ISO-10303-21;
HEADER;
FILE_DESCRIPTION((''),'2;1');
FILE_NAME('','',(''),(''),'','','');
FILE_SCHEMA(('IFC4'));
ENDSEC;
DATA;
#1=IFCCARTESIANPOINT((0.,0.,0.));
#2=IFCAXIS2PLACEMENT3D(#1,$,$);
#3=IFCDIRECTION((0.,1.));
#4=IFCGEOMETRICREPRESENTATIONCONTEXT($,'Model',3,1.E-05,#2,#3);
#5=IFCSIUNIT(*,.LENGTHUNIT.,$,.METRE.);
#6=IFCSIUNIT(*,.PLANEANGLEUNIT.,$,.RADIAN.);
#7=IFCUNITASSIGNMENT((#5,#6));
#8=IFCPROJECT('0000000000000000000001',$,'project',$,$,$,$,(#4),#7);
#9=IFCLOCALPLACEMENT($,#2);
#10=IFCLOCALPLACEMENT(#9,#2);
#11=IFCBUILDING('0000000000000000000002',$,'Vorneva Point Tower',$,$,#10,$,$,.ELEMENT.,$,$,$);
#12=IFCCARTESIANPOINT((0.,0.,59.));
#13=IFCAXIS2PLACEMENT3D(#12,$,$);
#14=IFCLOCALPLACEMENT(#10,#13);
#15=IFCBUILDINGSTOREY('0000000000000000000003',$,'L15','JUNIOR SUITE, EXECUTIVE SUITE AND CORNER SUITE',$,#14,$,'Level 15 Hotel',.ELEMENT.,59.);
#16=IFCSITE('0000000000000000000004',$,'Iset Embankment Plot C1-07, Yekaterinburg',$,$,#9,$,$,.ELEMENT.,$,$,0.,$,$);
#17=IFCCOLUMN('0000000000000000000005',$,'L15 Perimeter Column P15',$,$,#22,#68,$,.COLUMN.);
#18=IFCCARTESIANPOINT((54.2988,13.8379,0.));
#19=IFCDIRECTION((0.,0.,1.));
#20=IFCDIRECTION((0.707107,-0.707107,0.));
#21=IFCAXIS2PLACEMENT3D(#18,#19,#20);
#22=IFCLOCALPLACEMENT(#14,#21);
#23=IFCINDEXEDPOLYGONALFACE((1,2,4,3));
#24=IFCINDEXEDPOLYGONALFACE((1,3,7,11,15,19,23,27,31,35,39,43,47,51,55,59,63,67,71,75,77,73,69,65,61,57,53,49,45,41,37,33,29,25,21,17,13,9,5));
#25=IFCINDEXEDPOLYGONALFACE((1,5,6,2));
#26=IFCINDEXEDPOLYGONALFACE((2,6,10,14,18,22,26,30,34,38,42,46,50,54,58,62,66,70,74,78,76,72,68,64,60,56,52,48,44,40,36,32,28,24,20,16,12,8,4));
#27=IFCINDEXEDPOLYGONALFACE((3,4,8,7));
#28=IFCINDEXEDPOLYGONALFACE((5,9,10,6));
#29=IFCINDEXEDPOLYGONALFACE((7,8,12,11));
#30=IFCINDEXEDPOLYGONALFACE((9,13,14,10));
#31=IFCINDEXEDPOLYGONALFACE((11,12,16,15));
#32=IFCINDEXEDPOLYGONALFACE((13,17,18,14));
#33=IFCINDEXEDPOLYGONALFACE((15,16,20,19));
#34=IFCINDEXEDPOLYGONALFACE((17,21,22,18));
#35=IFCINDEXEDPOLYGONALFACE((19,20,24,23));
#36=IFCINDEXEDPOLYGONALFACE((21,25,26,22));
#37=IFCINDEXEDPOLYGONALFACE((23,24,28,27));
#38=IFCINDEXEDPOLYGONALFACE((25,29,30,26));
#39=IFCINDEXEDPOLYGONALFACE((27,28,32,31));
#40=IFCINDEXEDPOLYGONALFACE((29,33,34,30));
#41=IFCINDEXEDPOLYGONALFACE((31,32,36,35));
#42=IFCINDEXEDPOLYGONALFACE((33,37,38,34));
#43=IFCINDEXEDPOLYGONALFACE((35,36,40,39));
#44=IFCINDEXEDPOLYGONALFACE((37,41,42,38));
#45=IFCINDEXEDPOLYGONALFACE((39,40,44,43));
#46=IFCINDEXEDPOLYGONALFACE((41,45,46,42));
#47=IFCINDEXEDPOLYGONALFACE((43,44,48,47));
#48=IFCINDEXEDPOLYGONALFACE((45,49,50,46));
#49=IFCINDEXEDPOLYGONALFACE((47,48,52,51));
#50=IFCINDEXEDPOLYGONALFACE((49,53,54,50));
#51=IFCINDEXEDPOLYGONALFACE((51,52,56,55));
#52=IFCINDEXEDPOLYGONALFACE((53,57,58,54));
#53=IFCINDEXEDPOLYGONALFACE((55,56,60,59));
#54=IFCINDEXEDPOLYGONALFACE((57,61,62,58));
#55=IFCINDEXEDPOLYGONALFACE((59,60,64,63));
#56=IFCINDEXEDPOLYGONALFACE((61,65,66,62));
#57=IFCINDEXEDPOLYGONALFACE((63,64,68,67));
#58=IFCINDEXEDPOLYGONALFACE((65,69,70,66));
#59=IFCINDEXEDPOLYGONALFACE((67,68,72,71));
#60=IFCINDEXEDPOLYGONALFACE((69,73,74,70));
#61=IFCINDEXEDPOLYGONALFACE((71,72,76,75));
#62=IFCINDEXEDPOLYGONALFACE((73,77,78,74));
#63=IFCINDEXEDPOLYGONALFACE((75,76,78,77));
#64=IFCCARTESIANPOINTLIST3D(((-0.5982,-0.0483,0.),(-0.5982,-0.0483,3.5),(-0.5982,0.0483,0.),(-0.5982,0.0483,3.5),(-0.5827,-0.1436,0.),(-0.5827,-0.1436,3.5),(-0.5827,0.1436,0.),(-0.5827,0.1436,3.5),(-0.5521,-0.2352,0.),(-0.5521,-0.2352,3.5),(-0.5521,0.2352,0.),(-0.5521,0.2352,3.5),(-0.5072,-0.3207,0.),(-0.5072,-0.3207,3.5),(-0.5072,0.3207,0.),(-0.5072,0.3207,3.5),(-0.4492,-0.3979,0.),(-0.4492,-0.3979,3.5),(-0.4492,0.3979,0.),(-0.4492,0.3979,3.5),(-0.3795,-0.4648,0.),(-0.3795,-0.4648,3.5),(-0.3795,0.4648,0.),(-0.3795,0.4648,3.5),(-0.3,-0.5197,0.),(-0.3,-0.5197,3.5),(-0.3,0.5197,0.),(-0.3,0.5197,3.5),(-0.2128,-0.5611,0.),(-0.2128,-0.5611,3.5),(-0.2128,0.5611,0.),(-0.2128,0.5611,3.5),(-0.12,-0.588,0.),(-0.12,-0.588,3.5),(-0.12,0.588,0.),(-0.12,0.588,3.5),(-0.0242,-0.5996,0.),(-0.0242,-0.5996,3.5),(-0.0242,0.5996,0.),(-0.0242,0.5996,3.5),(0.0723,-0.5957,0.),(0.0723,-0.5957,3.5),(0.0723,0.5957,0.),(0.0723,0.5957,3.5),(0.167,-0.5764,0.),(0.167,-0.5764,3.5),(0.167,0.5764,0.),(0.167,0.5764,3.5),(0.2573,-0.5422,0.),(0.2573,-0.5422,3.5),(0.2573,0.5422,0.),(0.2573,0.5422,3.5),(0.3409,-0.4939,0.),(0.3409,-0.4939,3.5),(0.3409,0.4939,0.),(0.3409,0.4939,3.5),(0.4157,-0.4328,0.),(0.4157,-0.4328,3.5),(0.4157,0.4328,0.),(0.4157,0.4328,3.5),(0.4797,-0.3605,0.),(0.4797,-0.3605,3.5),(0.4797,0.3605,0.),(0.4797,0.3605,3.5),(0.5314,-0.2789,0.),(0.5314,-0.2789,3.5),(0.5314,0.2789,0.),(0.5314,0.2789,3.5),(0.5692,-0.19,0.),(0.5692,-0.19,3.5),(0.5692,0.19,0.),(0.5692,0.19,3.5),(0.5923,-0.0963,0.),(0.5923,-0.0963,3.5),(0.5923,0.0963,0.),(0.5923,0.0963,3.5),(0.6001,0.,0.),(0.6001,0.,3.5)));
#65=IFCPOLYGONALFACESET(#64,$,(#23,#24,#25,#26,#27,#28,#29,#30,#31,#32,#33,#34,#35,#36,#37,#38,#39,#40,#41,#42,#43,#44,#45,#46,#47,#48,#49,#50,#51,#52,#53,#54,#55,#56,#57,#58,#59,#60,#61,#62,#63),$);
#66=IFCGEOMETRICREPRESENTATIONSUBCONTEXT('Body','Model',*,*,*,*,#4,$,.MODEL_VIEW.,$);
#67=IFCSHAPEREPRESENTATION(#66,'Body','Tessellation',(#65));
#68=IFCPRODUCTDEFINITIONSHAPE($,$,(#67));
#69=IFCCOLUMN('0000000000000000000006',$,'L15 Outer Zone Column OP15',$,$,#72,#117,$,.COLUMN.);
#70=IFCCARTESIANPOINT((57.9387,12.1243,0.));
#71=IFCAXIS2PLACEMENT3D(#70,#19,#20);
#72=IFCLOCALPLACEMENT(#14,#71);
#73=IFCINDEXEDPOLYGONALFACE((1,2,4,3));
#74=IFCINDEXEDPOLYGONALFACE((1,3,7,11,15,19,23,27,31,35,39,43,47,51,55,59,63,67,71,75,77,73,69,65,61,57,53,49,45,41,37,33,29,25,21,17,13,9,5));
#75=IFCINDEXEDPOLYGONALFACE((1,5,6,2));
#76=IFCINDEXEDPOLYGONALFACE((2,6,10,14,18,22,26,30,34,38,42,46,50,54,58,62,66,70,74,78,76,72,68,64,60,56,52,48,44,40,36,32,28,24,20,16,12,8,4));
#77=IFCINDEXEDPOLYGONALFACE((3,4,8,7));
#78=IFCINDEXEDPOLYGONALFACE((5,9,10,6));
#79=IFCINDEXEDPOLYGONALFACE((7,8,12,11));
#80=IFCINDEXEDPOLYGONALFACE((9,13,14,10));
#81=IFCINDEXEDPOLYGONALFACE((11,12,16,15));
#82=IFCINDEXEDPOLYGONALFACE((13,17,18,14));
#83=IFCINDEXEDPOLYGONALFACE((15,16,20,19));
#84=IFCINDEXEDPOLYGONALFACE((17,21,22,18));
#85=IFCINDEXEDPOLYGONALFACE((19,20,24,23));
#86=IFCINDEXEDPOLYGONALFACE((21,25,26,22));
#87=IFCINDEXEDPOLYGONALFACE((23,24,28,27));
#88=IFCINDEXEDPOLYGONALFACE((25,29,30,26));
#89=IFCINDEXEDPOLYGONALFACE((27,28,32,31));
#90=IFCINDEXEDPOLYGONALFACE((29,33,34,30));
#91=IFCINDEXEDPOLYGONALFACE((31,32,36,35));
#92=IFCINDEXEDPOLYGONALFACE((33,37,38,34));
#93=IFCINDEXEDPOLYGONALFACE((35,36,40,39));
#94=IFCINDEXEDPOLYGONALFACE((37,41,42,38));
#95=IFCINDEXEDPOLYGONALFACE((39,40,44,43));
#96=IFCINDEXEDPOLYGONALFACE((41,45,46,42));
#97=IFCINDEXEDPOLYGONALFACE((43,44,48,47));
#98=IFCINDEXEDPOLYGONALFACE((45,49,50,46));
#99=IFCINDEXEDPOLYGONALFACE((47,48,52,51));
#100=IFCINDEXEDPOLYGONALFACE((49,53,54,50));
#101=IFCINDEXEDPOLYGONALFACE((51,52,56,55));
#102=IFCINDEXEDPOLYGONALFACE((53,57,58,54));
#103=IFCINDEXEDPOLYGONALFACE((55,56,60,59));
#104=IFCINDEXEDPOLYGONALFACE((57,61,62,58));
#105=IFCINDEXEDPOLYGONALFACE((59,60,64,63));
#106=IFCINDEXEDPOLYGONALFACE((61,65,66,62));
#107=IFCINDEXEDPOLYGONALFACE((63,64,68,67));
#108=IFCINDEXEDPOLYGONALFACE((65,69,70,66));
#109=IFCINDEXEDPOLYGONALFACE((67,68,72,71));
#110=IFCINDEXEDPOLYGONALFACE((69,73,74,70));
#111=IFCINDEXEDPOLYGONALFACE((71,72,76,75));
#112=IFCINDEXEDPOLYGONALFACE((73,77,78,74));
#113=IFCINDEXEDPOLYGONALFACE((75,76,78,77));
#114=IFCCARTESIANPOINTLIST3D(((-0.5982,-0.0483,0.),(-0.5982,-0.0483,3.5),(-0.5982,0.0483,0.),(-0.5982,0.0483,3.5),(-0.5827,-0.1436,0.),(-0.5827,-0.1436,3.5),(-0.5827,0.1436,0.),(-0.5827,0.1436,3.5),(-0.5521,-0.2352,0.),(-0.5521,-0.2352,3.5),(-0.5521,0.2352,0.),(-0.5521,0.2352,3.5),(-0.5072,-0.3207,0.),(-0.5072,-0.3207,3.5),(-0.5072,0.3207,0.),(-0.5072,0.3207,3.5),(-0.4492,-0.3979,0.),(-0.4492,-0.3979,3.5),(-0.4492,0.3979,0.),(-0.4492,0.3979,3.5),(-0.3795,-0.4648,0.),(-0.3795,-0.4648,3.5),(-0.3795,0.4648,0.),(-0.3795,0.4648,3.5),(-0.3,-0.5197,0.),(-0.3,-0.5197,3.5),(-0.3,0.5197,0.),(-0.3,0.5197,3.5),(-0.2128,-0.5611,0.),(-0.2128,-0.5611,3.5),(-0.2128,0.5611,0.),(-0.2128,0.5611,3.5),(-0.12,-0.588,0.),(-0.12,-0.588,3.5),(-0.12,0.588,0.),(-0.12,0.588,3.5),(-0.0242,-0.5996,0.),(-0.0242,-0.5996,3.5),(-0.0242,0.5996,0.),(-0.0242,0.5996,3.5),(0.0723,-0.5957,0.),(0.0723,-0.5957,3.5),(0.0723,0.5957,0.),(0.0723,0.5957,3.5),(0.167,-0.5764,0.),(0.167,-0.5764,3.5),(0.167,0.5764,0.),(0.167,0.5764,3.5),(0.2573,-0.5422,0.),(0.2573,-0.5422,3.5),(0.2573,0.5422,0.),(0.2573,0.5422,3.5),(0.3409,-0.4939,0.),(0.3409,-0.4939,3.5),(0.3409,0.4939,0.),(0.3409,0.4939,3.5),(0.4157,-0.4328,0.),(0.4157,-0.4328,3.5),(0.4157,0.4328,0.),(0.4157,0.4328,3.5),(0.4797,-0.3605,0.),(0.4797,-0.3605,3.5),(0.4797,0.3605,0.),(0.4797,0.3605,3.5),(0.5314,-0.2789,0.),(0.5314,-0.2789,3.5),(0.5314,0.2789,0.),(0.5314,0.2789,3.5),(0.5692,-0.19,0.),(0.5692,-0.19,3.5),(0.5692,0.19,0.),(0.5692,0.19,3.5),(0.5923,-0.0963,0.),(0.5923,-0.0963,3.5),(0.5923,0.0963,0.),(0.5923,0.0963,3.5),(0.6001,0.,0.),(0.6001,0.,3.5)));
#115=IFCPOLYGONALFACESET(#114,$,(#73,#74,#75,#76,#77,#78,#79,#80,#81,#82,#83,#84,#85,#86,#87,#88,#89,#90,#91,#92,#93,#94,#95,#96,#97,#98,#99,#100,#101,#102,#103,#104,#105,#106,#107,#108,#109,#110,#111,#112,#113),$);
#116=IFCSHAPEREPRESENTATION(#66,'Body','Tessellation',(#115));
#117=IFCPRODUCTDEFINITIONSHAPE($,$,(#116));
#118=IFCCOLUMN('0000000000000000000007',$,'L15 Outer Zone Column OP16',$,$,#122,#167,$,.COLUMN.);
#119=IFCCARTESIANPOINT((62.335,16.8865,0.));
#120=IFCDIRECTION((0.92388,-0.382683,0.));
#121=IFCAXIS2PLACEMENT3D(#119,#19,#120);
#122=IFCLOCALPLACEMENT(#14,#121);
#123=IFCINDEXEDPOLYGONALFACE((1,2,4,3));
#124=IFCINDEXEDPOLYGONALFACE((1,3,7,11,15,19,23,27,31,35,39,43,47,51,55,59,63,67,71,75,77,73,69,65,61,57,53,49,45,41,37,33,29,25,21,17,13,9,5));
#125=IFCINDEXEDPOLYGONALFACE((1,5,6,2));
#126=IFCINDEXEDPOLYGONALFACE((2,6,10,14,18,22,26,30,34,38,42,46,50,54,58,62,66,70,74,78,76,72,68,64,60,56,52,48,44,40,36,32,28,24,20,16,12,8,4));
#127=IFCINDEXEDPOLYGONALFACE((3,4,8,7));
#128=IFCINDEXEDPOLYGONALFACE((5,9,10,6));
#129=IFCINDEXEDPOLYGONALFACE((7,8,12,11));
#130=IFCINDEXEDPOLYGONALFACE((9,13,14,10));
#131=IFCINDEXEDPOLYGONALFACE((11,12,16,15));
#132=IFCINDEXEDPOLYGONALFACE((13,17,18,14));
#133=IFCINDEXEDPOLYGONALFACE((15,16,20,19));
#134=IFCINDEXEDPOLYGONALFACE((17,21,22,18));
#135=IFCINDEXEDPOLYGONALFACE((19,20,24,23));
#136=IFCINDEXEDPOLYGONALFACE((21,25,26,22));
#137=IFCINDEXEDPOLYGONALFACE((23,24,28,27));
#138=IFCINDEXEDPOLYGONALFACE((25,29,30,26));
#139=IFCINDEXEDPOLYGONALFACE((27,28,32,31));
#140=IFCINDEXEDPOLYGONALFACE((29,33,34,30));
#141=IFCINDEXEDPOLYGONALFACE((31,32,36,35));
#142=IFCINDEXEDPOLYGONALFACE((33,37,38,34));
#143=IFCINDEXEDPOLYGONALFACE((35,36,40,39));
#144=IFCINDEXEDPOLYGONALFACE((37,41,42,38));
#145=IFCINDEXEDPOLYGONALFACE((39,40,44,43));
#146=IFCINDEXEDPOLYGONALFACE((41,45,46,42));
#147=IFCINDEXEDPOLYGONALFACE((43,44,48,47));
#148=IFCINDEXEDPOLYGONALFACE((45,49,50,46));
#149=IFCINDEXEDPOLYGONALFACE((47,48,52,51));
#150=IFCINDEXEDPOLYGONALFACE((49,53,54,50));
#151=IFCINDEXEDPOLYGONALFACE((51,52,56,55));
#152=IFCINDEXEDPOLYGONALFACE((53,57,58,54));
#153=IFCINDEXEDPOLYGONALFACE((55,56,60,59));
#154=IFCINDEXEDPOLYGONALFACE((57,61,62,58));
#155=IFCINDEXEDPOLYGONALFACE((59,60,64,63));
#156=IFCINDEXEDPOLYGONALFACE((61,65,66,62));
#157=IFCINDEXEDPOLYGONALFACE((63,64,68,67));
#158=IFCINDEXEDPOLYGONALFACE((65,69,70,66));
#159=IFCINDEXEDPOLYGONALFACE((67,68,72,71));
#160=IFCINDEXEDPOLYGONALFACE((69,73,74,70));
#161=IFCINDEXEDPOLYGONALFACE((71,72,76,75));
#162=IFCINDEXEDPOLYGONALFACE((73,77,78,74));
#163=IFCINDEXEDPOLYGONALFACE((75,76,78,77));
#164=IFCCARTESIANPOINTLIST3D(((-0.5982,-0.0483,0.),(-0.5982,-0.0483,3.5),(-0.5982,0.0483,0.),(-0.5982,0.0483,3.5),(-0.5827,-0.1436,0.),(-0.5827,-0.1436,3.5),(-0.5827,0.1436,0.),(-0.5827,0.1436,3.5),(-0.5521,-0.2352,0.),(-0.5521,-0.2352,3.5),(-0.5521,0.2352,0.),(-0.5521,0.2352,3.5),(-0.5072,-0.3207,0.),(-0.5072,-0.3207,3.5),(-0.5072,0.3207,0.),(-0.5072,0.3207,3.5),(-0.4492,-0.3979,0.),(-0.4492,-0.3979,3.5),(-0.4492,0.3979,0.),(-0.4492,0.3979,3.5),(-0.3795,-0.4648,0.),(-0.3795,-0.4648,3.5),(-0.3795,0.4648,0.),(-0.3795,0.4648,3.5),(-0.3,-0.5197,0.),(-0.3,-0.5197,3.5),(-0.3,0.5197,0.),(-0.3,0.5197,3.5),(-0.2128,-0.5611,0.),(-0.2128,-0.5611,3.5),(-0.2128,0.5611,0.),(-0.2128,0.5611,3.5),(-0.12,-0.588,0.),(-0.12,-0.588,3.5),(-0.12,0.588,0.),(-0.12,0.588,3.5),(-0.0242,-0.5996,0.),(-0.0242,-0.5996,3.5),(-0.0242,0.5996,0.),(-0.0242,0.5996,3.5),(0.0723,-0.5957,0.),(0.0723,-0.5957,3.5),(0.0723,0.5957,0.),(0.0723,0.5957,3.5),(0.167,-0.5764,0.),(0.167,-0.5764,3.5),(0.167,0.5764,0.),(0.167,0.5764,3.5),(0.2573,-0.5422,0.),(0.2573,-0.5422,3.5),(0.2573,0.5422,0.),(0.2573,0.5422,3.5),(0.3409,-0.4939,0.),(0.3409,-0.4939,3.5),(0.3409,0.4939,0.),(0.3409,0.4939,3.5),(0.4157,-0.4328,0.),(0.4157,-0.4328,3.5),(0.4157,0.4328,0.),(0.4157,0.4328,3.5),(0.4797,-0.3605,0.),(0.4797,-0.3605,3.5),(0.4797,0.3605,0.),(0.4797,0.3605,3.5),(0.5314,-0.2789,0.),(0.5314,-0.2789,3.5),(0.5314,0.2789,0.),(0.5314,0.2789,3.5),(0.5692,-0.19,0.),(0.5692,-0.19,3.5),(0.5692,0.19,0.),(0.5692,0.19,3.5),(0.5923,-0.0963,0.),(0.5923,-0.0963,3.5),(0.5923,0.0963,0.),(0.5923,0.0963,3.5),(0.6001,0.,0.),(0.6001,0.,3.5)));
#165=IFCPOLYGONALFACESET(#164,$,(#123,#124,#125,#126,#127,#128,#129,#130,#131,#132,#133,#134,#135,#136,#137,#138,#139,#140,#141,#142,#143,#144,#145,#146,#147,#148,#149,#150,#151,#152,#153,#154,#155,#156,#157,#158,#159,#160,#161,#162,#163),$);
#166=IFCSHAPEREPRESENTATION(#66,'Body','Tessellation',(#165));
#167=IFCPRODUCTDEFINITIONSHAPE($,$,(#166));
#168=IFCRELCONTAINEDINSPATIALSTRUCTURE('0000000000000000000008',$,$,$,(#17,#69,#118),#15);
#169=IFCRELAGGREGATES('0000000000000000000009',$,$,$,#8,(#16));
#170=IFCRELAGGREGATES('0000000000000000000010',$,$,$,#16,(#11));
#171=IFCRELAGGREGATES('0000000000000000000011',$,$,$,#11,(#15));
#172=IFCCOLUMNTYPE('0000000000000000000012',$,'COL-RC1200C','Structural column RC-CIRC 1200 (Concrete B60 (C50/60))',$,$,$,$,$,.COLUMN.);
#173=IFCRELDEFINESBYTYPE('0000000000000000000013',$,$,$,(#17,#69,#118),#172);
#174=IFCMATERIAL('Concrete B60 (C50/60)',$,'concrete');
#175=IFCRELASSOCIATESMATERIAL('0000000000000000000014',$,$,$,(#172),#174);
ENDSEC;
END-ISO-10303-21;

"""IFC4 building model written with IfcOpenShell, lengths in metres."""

from ifc_helpers import new_model, si_unit, direction, frame, origin, origin_2d, place, context, subcontext, project, spatial, circle, extrude, material, material_profile, profile_set, type_object, element, save


model = new_model("IFC4")

# Units and contexts
model_context = context("Model", 3, precision=1e-05, world=origin(), true_north=direction((0.0, 1.0)))
body_context = subcontext(model_context, "Body", "Model", "MODEL_VIEW")
ifc_project = project(units=[si_unit("LENGTHUNIT", "METRE"), si_unit("PLANEANGLEUNIT", "RADIAN")], contexts=[model_context])

# Site, building, storey
site_placement = place(None, origin())
site = spatial("IfcSite", under=ifc_project, at=site_placement, Name="Iset Embankment Plot C1-07, Yekaterinburg", CompositionType="ELEMENT", RefElevation=0.0)
building_placement = place(site_placement, origin())
building = spatial("IfcBuilding", under=site, at=building_placement, Name="Vorneva Point Tower", CompositionType="ELEMENT")
storey_placement = place(building_placement, frame((0.0, 0.0, 59.0)))
storey = spatial("IfcBuildingStorey", under=building, at=storey_placement, Name="L15", Description="JUNIOR SUITE, EXECUTIVE SUITE AND CORNER SUITE", LongName="Level 15 Hotel", CompositionType="ELEMENT", Elevation=59.0)

# Columns
ifc_material_1 = material(Name="Concrete B60 (C50/60)", Category="concrete")
ifc_material_profile_1 = material_profile(ifc_material_1, circle(Radius=0.6001, at=origin_2d()), Name="RC-CIRC 1200")
ifc_profile_set_1 = profile_set([ifc_material_profile_1], Name="Concrete B60 (C50/60)")
column_type_1 = type_object("IfcColumnType", Name="COL-RC1200C", Description="Structural column RC-CIRC 1200 (Concrete B60 (C50/60))", PredefinedType="COLUMN", material=ifc_profile_set_1)
for number, where, z_axis, x_axis, name in (
    (1, (54.2988, 13.8379, 0.0), (0.0, 0.0, 1.0), (0.707107, -0.707107, 0.0), "L15 Perimeter Column P15"),
    (2, (57.9387, 12.1243, 0.0), (0.0, 0.0, 1.0), (0.707107, -0.707107, 0.0), "L15 Outer Zone Column OP15"),
    (3, (62.335, 16.8865, 0.0), (0.0, 0.0, 1.0), (0.92388, -0.382683, 0.0), "L15 Outer Zone Column OP16"),
):
    element("IfcColumn", number, at=place(storey_placement, frame(where, z_axis=z_axis, x_axis=x_axis)), inside=storey, type_object=column_type_1, Name=name, PredefinedType="COLUMN", context=body_context, shape_type="SweptSolid", body=[
        extrude(circle(Radius=0.6001, at=origin_2d()), origin(), (0.0, 0.0, 1.0), 3.5),
    ])

save(model, "model.ifc")
